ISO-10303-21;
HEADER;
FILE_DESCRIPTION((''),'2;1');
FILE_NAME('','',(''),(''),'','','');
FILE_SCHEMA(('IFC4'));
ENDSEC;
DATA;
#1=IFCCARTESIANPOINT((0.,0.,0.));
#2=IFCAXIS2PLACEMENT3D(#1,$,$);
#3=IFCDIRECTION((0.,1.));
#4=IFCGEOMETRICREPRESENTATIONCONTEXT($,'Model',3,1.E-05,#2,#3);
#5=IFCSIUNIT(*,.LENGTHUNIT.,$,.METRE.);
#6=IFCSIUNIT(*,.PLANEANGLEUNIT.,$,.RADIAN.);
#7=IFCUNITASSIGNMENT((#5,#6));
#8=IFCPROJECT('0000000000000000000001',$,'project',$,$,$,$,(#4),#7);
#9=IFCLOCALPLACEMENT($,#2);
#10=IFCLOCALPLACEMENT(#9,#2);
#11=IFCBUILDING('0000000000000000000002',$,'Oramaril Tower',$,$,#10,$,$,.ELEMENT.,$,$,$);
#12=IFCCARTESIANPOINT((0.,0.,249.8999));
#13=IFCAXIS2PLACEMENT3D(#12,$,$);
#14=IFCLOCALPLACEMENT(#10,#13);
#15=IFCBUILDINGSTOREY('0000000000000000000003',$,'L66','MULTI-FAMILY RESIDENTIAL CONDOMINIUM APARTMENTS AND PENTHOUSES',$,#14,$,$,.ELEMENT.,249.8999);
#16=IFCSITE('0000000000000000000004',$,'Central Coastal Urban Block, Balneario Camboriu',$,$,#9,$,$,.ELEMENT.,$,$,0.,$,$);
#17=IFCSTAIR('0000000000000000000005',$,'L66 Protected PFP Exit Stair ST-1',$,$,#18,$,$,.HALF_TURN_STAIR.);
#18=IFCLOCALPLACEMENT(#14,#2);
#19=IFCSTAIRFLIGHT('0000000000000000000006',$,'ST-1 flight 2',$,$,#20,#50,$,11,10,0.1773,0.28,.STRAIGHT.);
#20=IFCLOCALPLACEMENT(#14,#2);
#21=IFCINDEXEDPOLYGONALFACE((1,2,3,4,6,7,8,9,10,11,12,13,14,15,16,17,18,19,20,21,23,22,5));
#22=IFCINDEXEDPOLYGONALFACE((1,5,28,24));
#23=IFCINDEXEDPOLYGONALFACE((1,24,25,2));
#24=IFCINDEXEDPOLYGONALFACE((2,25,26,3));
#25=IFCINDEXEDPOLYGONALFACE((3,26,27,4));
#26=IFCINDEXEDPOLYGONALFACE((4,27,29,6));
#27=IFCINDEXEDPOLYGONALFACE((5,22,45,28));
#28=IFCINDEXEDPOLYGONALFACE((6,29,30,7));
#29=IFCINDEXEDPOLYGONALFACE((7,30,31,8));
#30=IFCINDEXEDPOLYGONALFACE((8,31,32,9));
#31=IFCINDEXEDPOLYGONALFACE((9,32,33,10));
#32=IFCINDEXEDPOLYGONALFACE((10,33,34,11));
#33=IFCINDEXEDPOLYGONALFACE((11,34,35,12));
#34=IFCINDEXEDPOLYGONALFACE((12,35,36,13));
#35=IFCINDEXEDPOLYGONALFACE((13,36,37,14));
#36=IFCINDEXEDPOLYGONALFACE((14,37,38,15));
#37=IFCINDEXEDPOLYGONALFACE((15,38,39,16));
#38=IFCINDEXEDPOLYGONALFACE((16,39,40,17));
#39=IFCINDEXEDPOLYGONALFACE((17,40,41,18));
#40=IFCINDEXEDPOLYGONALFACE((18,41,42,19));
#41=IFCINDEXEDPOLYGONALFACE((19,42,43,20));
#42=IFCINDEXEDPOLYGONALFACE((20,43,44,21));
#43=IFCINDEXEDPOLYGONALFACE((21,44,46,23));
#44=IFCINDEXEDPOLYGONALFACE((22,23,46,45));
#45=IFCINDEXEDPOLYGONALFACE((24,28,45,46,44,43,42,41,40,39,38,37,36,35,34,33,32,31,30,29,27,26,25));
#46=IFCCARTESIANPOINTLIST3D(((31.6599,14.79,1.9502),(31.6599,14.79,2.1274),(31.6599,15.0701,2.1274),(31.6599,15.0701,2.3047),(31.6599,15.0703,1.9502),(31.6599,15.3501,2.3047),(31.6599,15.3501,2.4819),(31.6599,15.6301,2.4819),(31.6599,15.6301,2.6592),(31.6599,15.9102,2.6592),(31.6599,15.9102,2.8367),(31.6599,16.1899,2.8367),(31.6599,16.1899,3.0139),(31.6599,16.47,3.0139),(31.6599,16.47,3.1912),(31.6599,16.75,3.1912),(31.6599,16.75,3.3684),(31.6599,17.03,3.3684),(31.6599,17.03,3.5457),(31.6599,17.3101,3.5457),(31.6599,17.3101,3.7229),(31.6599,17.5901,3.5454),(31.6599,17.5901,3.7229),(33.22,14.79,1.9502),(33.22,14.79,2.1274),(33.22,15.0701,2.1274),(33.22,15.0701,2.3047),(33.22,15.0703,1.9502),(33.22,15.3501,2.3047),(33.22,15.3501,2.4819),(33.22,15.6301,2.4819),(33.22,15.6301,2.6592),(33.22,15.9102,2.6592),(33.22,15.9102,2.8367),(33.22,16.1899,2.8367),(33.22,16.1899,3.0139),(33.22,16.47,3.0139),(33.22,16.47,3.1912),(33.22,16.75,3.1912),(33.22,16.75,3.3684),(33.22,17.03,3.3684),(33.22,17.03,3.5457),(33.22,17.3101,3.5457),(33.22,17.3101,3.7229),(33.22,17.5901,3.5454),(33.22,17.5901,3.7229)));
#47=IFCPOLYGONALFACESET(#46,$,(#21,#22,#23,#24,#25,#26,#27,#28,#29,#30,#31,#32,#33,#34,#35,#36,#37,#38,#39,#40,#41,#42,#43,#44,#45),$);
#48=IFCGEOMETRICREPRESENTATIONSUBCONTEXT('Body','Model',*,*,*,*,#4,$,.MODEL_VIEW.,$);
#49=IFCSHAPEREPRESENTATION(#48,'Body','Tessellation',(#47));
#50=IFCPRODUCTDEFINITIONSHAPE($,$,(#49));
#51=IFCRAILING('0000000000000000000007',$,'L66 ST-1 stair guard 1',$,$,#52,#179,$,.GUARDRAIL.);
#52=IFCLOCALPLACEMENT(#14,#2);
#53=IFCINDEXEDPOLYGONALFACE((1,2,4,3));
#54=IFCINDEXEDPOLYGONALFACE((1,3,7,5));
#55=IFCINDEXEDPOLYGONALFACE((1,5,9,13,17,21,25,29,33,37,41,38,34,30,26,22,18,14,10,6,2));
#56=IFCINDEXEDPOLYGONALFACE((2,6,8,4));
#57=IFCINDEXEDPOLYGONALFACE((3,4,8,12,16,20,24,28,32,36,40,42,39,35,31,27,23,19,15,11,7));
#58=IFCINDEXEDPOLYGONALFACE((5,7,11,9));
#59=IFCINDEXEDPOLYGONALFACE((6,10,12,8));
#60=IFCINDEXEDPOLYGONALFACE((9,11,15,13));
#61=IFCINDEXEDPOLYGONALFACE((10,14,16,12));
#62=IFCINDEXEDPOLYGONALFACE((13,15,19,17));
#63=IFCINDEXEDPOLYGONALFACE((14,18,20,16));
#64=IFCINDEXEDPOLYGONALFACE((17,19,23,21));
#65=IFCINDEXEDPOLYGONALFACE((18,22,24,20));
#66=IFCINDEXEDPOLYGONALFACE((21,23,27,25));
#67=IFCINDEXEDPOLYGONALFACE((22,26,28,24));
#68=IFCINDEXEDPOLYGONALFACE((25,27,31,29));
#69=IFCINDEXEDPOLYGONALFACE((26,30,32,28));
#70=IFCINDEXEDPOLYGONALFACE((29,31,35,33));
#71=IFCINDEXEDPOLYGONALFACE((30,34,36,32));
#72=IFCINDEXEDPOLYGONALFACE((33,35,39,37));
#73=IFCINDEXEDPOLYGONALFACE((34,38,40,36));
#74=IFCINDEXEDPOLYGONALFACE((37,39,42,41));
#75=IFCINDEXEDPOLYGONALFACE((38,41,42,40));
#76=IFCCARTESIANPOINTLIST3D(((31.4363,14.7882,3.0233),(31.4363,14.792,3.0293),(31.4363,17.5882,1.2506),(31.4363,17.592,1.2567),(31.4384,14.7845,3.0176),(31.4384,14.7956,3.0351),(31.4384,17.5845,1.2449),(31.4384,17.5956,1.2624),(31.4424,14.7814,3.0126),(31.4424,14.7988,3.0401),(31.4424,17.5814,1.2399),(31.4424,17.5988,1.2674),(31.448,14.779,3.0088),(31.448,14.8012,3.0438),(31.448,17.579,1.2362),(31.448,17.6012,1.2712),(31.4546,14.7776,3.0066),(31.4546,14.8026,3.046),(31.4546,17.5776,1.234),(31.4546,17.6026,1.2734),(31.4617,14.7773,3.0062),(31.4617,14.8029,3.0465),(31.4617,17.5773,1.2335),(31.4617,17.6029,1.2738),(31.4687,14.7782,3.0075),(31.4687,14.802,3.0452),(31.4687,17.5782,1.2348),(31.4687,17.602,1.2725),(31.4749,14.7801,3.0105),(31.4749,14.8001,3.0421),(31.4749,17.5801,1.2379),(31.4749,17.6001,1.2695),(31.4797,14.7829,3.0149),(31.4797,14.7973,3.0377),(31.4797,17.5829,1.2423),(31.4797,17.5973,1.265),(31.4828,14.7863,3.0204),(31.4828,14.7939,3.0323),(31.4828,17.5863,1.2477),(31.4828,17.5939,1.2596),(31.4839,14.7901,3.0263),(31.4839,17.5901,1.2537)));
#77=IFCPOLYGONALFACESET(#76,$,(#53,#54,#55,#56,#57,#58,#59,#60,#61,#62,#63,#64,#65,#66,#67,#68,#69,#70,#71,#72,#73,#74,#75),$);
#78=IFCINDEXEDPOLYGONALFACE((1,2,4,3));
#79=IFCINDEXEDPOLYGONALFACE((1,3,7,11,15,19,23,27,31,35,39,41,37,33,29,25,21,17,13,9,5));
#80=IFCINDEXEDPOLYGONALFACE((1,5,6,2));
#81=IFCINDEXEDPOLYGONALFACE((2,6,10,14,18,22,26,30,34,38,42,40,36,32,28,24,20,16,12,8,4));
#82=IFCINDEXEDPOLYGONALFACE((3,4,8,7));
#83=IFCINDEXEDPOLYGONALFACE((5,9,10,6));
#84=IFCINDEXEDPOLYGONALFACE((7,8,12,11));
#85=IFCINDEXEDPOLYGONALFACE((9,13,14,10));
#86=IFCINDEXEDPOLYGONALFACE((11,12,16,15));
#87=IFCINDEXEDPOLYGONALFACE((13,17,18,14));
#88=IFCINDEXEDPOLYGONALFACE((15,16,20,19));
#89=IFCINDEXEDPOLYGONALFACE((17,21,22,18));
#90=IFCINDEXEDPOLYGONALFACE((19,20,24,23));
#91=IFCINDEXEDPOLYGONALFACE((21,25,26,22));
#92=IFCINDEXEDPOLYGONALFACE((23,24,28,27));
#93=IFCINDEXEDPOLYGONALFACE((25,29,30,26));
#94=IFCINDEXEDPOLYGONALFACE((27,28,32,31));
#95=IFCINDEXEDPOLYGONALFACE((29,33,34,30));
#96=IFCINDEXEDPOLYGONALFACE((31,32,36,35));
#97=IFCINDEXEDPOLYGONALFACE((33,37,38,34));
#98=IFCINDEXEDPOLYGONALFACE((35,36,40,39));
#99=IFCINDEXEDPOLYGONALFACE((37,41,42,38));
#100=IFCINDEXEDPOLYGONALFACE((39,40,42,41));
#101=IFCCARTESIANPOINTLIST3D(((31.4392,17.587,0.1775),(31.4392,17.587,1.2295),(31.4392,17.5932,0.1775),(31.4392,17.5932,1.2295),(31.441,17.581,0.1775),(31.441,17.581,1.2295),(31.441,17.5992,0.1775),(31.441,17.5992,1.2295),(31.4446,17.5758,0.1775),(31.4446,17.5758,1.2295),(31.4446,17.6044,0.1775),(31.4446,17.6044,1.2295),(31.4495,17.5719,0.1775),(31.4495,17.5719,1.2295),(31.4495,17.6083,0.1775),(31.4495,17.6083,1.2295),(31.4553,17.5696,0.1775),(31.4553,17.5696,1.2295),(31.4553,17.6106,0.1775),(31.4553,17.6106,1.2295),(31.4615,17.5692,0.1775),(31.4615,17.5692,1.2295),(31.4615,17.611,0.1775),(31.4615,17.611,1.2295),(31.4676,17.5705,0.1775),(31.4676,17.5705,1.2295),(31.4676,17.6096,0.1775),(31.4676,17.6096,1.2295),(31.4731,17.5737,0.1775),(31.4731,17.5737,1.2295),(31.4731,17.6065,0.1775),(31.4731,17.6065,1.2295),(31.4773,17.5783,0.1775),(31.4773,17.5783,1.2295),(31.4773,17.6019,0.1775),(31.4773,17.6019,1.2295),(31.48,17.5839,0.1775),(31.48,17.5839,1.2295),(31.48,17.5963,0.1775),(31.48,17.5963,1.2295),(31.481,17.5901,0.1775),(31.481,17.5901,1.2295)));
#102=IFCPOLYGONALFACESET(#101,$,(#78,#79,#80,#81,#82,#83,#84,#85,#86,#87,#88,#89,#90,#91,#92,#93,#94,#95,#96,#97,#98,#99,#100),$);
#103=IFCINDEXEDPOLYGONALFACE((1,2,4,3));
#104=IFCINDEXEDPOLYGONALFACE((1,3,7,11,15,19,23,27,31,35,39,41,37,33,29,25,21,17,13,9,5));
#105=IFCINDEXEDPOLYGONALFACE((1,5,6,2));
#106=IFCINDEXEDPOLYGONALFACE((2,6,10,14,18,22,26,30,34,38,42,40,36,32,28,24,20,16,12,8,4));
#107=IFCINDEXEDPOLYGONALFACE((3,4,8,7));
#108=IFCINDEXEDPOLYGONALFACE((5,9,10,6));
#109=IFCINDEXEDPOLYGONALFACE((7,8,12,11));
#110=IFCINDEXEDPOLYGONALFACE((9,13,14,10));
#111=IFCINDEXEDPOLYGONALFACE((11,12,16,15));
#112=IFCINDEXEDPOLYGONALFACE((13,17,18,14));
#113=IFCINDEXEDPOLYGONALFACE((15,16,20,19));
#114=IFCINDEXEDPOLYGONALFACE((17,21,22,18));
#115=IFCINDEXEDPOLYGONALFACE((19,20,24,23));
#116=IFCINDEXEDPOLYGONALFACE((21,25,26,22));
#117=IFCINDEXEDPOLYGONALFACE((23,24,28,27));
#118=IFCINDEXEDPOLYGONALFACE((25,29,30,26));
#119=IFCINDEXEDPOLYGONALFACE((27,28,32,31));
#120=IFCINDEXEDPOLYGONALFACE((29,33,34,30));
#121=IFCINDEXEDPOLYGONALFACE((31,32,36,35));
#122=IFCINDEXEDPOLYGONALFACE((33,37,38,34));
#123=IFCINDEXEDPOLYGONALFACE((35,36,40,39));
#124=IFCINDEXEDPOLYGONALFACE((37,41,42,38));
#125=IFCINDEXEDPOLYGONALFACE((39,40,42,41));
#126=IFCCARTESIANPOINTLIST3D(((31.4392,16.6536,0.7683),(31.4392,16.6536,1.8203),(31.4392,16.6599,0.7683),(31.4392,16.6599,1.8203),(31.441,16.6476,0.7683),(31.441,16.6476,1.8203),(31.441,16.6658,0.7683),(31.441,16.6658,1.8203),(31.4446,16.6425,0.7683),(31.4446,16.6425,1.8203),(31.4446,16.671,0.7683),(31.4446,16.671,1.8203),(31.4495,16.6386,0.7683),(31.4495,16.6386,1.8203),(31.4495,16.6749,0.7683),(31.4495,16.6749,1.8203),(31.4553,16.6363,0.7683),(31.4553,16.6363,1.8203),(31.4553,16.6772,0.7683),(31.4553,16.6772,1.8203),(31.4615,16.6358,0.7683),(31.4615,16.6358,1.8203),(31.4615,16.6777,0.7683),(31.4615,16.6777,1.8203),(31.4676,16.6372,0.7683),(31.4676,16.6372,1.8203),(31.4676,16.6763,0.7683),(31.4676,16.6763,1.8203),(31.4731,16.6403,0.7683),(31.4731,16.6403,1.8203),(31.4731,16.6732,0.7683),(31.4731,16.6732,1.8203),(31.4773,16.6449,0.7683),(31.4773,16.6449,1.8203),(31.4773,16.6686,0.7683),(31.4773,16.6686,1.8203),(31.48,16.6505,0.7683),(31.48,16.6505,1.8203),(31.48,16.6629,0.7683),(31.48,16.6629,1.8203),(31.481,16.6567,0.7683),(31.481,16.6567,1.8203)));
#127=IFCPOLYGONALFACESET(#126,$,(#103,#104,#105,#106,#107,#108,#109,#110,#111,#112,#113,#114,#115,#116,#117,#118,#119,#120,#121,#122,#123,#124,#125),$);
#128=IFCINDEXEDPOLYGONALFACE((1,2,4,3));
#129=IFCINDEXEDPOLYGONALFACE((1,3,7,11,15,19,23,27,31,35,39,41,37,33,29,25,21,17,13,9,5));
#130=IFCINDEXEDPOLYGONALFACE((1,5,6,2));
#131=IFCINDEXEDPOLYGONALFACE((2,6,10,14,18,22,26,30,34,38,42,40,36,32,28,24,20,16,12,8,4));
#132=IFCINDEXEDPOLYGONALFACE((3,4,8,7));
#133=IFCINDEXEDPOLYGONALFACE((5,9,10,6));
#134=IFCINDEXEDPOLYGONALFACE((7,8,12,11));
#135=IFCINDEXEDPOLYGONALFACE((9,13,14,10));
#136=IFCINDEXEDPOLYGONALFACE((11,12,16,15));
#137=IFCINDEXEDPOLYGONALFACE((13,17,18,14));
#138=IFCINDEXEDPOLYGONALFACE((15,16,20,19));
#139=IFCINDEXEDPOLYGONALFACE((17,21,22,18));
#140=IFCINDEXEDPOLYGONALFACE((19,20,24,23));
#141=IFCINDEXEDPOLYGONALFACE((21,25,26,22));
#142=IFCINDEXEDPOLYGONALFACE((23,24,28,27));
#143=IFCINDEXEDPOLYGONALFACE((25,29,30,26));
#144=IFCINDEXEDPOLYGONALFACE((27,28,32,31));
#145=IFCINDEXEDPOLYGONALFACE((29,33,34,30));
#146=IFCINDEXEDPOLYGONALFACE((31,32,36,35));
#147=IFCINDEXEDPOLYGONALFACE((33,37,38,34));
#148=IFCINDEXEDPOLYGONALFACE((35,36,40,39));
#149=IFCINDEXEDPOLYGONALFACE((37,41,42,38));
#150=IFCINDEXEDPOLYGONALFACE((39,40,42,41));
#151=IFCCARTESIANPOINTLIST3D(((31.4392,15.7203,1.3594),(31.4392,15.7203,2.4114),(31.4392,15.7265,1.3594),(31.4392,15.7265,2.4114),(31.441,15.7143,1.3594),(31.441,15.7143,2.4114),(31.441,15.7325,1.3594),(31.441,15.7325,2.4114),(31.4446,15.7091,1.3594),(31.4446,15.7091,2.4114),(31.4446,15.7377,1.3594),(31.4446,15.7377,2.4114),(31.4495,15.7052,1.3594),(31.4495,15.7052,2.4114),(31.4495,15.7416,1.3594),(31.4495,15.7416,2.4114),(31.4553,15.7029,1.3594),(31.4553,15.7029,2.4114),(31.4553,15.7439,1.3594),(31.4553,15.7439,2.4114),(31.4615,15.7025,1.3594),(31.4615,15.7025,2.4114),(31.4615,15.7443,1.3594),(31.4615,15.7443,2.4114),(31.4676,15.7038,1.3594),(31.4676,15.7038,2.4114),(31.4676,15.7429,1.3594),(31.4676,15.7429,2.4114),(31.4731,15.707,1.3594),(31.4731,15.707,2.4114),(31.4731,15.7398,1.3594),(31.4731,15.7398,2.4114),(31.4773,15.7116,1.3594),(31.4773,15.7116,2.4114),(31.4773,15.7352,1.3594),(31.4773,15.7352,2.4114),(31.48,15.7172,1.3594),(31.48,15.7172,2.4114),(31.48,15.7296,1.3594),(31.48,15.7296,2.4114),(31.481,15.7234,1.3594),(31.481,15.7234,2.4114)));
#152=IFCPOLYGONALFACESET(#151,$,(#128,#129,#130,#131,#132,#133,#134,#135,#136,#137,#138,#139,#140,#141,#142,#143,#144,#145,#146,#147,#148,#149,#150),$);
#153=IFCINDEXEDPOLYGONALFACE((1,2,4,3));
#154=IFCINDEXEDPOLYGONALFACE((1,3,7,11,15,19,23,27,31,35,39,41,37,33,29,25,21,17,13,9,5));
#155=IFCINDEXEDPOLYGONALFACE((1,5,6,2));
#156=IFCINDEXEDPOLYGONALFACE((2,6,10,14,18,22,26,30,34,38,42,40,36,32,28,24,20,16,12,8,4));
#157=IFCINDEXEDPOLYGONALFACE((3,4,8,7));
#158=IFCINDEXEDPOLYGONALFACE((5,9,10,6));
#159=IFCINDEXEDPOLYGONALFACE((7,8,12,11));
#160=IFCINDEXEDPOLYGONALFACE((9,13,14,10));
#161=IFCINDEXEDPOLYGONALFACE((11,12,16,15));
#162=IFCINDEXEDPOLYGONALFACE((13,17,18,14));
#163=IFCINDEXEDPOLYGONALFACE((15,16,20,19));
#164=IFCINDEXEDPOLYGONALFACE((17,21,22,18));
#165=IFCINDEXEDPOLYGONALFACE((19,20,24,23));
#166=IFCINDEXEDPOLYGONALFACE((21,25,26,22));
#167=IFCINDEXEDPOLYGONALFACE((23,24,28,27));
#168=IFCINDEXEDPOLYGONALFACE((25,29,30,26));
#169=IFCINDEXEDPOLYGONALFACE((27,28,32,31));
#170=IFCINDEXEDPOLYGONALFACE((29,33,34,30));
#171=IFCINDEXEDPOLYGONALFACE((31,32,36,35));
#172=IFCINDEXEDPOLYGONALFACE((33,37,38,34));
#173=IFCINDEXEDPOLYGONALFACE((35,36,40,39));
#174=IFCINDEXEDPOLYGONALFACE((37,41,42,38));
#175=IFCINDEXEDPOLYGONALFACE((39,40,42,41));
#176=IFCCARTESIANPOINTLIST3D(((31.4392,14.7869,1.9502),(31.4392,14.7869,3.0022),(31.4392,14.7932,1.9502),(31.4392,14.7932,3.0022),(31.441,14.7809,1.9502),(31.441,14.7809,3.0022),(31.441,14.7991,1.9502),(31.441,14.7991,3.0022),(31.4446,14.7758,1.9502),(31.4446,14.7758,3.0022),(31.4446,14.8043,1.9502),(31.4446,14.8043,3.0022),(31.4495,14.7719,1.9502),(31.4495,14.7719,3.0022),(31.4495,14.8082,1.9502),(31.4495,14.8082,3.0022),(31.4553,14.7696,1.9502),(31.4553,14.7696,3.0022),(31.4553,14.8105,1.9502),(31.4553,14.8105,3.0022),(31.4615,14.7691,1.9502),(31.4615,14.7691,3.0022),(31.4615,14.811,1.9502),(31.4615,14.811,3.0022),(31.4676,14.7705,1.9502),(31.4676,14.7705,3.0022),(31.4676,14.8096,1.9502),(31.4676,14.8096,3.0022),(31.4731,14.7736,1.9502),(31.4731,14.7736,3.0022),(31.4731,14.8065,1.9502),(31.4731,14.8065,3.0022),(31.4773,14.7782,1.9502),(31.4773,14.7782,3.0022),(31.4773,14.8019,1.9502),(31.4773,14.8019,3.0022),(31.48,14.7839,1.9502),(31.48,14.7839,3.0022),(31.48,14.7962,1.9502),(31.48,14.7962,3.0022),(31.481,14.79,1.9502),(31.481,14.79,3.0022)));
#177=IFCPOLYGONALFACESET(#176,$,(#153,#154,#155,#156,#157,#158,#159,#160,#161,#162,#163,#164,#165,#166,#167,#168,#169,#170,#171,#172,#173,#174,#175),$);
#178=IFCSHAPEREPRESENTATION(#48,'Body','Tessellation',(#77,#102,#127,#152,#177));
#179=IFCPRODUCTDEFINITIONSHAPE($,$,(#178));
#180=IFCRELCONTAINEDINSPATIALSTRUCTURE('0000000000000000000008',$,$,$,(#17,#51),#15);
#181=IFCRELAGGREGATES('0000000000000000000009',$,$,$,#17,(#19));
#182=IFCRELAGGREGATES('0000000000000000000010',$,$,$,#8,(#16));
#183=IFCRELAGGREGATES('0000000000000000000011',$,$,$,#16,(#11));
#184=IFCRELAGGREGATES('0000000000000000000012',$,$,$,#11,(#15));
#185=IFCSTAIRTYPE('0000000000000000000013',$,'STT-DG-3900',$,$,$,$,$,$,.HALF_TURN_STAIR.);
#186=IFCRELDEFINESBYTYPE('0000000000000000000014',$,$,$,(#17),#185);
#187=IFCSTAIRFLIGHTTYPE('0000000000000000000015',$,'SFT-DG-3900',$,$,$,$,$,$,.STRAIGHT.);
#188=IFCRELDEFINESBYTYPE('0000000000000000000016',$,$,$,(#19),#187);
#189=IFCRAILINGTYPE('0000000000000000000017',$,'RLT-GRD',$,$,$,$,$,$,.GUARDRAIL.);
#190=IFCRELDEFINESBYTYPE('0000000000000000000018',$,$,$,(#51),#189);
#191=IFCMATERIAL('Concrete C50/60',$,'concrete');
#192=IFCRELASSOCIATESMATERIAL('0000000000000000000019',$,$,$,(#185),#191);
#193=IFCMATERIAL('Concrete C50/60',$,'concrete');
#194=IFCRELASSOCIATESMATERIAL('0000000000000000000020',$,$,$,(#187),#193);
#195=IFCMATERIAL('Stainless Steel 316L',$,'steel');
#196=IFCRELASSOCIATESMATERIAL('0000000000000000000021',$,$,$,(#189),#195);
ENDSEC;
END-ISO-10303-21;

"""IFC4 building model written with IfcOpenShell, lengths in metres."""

from ifc_helpers import new_model, si_unit, direction, frame, origin, origin_2d, place, context, subcontext, project, spatial, polyline, circle, outline, extrude, material, type_object, element, aggregate, save


model = new_model("IFC4")

# Units and contexts
model_context = context("Model", 3, precision=1e-05, world=origin(), true_north=direction((0.0, 1.0)))
body_context = subcontext(model_context, "Body", "Model", "MODEL_VIEW")
ifc_project = project(units=[si_unit("LENGTHUNIT", "METRE"), si_unit("PLANEANGLEUNIT", "RADIAN")], contexts=[model_context])

# Site, building, storey
site_placement = place(None, origin())
site = spatial("IfcSite", under=ifc_project, at=site_placement, Name="Central Coastal Urban Block, Balneario Camboriu", CompositionType="ELEMENT", RefElevation=0.0)
building_placement = place(site_placement, origin())
building = spatial("IfcBuilding", under=site, at=building_placement, Name="Oramaril Tower", CompositionType="ELEMENT")
storey_placement = place(building_placement, frame((0.0, 0.0, 249.8999)))
storey = spatial("IfcBuildingStorey", under=building, at=storey_placement, Name="L66", Description="MULTI-FAMILY RESIDENTIAL CONDOMINIUM APARTMENTS AND PENTHOUSES", CompositionType="ELEMENT", Elevation=249.8999)

# Stair, stair flight
ifc_material_1 = material(Name="Concrete C50/60", Category="concrete")
stair_type = type_object("IfcStairType", Name="STT-DG-3900", PredefinedType="HALF_TURN_STAIR", material=ifc_material_1)
stair_placement = place(storey_placement, origin())
stair = element("IfcStair", 1, at=stair_placement, inside=storey, type_object=stair_type, Name="L66 Protected PFP Exit Stair ST-1", PredefinedType="HALF_TURN_STAIR")
ifc_material_2 = material(Name="Concrete C50/60", Category="concrete")
stair_flight_type = type_object("IfcStairFlightType", Name="SFT-DG-3900", PredefinedType="STRAIGHT", material=ifc_material_2)
stair_flight_1_placement = place(storey_placement, frame((32.4399, 14.79, 1.9502), z_axis=(0.0, 0.0, 1.0), x_axis=(0.0, 1.0, 0.0)))
stair_flight_1 = element("IfcStairFlight", 2, at=stair_flight_1_placement, type_object=stair_flight_type, Name="ST-1 flight 2", NumberOfRisers=11, NumberOfTreads=10, PredefinedType="STRAIGHT", RiserHeight=0.1773, TreadLength=0.28, context=body_context, shape_type="SweptSolid", body=[
    extrude(outline(polyline([(0.0, 0.0), (0.0, 0.1772), (0.28, 0.1772), (0.28, 0.3545), (0.5601, 0.3545), (0.5601, 0.5317), (0.8401, 0.5317), (0.8401, 0.709), (1.1201, 0.709), (1.1201, 0.8865), (1.3999, 0.8865), (1.3999, 1.0637), (1.6799, 1.0637), (1.6799, 1.241), (1.96, 1.241), (1.96, 1.4182), (2.24, 1.4182), (2.24, 1.5955), (2.52, 1.5955), (2.52, 1.7727), (2.8, 1.7727), (2.8, 1.95), (2.8, 1.5952), (0.2803, 0.0), (0.0, 0.0)])), frame((0.0, 0.78, 0.0), z_axis=(0.0, -1.0, 0.0), x_axis=(1.0, 0.0, 0.0)), (0.0, 0.0, 1.0), 1.5601),
])
aggregate(stair, [stair_flight_1])

# Railing
ifc_material_3 = material(Name="Stainless Steel 316L", Category="steel")
railing_type_1 = type_object("IfcRailingType", Name="RLT-GRD", PredefinedType="GUARDRAIL", material=ifc_material_3)
railing_1_placement = place(storey_placement, frame((31.46, 17.5901, 0.1775)))
element("IfcRailing", 3, at=railing_1_placement, inside=storey, type_object=railing_type_1, Name="L66 ST-1 stair guard 1", PredefinedType="GUARDRAIL", context=body_context, shape_type="SweptSolid", body=[
    extrude(circle(Radius=0.0239, at=origin_2d()), frame((0.0, 0.0, 1.0762), z_axis=(0.0, -0.844909, 0.53491), x_axis=(1.0, 0.0, 0.0)), (0.0, 0.0, 1.0), 3.314),
    extrude(circle(Radius=0.021, at=origin_2d()), origin(), (0.0, 0.0, 1.0), 1.052),
    extrude(circle(Radius=0.021, at=origin_2d()), frame((0.0, -0.9333, 0.5908)), (0.0, 0.0, 1.0), 1.052),
    extrude(circle(Radius=0.021, at=origin_2d()), frame((0.0, -1.8667, 1.1819)), (0.0, 0.0, 1.0), 1.052),
    extrude(circle(Radius=0.021, at=origin_2d()), frame((0.0, -2.8, 1.7727)), (0.0, 0.0, 1.0), 1.052),
])

save(model, "model.ifc")
